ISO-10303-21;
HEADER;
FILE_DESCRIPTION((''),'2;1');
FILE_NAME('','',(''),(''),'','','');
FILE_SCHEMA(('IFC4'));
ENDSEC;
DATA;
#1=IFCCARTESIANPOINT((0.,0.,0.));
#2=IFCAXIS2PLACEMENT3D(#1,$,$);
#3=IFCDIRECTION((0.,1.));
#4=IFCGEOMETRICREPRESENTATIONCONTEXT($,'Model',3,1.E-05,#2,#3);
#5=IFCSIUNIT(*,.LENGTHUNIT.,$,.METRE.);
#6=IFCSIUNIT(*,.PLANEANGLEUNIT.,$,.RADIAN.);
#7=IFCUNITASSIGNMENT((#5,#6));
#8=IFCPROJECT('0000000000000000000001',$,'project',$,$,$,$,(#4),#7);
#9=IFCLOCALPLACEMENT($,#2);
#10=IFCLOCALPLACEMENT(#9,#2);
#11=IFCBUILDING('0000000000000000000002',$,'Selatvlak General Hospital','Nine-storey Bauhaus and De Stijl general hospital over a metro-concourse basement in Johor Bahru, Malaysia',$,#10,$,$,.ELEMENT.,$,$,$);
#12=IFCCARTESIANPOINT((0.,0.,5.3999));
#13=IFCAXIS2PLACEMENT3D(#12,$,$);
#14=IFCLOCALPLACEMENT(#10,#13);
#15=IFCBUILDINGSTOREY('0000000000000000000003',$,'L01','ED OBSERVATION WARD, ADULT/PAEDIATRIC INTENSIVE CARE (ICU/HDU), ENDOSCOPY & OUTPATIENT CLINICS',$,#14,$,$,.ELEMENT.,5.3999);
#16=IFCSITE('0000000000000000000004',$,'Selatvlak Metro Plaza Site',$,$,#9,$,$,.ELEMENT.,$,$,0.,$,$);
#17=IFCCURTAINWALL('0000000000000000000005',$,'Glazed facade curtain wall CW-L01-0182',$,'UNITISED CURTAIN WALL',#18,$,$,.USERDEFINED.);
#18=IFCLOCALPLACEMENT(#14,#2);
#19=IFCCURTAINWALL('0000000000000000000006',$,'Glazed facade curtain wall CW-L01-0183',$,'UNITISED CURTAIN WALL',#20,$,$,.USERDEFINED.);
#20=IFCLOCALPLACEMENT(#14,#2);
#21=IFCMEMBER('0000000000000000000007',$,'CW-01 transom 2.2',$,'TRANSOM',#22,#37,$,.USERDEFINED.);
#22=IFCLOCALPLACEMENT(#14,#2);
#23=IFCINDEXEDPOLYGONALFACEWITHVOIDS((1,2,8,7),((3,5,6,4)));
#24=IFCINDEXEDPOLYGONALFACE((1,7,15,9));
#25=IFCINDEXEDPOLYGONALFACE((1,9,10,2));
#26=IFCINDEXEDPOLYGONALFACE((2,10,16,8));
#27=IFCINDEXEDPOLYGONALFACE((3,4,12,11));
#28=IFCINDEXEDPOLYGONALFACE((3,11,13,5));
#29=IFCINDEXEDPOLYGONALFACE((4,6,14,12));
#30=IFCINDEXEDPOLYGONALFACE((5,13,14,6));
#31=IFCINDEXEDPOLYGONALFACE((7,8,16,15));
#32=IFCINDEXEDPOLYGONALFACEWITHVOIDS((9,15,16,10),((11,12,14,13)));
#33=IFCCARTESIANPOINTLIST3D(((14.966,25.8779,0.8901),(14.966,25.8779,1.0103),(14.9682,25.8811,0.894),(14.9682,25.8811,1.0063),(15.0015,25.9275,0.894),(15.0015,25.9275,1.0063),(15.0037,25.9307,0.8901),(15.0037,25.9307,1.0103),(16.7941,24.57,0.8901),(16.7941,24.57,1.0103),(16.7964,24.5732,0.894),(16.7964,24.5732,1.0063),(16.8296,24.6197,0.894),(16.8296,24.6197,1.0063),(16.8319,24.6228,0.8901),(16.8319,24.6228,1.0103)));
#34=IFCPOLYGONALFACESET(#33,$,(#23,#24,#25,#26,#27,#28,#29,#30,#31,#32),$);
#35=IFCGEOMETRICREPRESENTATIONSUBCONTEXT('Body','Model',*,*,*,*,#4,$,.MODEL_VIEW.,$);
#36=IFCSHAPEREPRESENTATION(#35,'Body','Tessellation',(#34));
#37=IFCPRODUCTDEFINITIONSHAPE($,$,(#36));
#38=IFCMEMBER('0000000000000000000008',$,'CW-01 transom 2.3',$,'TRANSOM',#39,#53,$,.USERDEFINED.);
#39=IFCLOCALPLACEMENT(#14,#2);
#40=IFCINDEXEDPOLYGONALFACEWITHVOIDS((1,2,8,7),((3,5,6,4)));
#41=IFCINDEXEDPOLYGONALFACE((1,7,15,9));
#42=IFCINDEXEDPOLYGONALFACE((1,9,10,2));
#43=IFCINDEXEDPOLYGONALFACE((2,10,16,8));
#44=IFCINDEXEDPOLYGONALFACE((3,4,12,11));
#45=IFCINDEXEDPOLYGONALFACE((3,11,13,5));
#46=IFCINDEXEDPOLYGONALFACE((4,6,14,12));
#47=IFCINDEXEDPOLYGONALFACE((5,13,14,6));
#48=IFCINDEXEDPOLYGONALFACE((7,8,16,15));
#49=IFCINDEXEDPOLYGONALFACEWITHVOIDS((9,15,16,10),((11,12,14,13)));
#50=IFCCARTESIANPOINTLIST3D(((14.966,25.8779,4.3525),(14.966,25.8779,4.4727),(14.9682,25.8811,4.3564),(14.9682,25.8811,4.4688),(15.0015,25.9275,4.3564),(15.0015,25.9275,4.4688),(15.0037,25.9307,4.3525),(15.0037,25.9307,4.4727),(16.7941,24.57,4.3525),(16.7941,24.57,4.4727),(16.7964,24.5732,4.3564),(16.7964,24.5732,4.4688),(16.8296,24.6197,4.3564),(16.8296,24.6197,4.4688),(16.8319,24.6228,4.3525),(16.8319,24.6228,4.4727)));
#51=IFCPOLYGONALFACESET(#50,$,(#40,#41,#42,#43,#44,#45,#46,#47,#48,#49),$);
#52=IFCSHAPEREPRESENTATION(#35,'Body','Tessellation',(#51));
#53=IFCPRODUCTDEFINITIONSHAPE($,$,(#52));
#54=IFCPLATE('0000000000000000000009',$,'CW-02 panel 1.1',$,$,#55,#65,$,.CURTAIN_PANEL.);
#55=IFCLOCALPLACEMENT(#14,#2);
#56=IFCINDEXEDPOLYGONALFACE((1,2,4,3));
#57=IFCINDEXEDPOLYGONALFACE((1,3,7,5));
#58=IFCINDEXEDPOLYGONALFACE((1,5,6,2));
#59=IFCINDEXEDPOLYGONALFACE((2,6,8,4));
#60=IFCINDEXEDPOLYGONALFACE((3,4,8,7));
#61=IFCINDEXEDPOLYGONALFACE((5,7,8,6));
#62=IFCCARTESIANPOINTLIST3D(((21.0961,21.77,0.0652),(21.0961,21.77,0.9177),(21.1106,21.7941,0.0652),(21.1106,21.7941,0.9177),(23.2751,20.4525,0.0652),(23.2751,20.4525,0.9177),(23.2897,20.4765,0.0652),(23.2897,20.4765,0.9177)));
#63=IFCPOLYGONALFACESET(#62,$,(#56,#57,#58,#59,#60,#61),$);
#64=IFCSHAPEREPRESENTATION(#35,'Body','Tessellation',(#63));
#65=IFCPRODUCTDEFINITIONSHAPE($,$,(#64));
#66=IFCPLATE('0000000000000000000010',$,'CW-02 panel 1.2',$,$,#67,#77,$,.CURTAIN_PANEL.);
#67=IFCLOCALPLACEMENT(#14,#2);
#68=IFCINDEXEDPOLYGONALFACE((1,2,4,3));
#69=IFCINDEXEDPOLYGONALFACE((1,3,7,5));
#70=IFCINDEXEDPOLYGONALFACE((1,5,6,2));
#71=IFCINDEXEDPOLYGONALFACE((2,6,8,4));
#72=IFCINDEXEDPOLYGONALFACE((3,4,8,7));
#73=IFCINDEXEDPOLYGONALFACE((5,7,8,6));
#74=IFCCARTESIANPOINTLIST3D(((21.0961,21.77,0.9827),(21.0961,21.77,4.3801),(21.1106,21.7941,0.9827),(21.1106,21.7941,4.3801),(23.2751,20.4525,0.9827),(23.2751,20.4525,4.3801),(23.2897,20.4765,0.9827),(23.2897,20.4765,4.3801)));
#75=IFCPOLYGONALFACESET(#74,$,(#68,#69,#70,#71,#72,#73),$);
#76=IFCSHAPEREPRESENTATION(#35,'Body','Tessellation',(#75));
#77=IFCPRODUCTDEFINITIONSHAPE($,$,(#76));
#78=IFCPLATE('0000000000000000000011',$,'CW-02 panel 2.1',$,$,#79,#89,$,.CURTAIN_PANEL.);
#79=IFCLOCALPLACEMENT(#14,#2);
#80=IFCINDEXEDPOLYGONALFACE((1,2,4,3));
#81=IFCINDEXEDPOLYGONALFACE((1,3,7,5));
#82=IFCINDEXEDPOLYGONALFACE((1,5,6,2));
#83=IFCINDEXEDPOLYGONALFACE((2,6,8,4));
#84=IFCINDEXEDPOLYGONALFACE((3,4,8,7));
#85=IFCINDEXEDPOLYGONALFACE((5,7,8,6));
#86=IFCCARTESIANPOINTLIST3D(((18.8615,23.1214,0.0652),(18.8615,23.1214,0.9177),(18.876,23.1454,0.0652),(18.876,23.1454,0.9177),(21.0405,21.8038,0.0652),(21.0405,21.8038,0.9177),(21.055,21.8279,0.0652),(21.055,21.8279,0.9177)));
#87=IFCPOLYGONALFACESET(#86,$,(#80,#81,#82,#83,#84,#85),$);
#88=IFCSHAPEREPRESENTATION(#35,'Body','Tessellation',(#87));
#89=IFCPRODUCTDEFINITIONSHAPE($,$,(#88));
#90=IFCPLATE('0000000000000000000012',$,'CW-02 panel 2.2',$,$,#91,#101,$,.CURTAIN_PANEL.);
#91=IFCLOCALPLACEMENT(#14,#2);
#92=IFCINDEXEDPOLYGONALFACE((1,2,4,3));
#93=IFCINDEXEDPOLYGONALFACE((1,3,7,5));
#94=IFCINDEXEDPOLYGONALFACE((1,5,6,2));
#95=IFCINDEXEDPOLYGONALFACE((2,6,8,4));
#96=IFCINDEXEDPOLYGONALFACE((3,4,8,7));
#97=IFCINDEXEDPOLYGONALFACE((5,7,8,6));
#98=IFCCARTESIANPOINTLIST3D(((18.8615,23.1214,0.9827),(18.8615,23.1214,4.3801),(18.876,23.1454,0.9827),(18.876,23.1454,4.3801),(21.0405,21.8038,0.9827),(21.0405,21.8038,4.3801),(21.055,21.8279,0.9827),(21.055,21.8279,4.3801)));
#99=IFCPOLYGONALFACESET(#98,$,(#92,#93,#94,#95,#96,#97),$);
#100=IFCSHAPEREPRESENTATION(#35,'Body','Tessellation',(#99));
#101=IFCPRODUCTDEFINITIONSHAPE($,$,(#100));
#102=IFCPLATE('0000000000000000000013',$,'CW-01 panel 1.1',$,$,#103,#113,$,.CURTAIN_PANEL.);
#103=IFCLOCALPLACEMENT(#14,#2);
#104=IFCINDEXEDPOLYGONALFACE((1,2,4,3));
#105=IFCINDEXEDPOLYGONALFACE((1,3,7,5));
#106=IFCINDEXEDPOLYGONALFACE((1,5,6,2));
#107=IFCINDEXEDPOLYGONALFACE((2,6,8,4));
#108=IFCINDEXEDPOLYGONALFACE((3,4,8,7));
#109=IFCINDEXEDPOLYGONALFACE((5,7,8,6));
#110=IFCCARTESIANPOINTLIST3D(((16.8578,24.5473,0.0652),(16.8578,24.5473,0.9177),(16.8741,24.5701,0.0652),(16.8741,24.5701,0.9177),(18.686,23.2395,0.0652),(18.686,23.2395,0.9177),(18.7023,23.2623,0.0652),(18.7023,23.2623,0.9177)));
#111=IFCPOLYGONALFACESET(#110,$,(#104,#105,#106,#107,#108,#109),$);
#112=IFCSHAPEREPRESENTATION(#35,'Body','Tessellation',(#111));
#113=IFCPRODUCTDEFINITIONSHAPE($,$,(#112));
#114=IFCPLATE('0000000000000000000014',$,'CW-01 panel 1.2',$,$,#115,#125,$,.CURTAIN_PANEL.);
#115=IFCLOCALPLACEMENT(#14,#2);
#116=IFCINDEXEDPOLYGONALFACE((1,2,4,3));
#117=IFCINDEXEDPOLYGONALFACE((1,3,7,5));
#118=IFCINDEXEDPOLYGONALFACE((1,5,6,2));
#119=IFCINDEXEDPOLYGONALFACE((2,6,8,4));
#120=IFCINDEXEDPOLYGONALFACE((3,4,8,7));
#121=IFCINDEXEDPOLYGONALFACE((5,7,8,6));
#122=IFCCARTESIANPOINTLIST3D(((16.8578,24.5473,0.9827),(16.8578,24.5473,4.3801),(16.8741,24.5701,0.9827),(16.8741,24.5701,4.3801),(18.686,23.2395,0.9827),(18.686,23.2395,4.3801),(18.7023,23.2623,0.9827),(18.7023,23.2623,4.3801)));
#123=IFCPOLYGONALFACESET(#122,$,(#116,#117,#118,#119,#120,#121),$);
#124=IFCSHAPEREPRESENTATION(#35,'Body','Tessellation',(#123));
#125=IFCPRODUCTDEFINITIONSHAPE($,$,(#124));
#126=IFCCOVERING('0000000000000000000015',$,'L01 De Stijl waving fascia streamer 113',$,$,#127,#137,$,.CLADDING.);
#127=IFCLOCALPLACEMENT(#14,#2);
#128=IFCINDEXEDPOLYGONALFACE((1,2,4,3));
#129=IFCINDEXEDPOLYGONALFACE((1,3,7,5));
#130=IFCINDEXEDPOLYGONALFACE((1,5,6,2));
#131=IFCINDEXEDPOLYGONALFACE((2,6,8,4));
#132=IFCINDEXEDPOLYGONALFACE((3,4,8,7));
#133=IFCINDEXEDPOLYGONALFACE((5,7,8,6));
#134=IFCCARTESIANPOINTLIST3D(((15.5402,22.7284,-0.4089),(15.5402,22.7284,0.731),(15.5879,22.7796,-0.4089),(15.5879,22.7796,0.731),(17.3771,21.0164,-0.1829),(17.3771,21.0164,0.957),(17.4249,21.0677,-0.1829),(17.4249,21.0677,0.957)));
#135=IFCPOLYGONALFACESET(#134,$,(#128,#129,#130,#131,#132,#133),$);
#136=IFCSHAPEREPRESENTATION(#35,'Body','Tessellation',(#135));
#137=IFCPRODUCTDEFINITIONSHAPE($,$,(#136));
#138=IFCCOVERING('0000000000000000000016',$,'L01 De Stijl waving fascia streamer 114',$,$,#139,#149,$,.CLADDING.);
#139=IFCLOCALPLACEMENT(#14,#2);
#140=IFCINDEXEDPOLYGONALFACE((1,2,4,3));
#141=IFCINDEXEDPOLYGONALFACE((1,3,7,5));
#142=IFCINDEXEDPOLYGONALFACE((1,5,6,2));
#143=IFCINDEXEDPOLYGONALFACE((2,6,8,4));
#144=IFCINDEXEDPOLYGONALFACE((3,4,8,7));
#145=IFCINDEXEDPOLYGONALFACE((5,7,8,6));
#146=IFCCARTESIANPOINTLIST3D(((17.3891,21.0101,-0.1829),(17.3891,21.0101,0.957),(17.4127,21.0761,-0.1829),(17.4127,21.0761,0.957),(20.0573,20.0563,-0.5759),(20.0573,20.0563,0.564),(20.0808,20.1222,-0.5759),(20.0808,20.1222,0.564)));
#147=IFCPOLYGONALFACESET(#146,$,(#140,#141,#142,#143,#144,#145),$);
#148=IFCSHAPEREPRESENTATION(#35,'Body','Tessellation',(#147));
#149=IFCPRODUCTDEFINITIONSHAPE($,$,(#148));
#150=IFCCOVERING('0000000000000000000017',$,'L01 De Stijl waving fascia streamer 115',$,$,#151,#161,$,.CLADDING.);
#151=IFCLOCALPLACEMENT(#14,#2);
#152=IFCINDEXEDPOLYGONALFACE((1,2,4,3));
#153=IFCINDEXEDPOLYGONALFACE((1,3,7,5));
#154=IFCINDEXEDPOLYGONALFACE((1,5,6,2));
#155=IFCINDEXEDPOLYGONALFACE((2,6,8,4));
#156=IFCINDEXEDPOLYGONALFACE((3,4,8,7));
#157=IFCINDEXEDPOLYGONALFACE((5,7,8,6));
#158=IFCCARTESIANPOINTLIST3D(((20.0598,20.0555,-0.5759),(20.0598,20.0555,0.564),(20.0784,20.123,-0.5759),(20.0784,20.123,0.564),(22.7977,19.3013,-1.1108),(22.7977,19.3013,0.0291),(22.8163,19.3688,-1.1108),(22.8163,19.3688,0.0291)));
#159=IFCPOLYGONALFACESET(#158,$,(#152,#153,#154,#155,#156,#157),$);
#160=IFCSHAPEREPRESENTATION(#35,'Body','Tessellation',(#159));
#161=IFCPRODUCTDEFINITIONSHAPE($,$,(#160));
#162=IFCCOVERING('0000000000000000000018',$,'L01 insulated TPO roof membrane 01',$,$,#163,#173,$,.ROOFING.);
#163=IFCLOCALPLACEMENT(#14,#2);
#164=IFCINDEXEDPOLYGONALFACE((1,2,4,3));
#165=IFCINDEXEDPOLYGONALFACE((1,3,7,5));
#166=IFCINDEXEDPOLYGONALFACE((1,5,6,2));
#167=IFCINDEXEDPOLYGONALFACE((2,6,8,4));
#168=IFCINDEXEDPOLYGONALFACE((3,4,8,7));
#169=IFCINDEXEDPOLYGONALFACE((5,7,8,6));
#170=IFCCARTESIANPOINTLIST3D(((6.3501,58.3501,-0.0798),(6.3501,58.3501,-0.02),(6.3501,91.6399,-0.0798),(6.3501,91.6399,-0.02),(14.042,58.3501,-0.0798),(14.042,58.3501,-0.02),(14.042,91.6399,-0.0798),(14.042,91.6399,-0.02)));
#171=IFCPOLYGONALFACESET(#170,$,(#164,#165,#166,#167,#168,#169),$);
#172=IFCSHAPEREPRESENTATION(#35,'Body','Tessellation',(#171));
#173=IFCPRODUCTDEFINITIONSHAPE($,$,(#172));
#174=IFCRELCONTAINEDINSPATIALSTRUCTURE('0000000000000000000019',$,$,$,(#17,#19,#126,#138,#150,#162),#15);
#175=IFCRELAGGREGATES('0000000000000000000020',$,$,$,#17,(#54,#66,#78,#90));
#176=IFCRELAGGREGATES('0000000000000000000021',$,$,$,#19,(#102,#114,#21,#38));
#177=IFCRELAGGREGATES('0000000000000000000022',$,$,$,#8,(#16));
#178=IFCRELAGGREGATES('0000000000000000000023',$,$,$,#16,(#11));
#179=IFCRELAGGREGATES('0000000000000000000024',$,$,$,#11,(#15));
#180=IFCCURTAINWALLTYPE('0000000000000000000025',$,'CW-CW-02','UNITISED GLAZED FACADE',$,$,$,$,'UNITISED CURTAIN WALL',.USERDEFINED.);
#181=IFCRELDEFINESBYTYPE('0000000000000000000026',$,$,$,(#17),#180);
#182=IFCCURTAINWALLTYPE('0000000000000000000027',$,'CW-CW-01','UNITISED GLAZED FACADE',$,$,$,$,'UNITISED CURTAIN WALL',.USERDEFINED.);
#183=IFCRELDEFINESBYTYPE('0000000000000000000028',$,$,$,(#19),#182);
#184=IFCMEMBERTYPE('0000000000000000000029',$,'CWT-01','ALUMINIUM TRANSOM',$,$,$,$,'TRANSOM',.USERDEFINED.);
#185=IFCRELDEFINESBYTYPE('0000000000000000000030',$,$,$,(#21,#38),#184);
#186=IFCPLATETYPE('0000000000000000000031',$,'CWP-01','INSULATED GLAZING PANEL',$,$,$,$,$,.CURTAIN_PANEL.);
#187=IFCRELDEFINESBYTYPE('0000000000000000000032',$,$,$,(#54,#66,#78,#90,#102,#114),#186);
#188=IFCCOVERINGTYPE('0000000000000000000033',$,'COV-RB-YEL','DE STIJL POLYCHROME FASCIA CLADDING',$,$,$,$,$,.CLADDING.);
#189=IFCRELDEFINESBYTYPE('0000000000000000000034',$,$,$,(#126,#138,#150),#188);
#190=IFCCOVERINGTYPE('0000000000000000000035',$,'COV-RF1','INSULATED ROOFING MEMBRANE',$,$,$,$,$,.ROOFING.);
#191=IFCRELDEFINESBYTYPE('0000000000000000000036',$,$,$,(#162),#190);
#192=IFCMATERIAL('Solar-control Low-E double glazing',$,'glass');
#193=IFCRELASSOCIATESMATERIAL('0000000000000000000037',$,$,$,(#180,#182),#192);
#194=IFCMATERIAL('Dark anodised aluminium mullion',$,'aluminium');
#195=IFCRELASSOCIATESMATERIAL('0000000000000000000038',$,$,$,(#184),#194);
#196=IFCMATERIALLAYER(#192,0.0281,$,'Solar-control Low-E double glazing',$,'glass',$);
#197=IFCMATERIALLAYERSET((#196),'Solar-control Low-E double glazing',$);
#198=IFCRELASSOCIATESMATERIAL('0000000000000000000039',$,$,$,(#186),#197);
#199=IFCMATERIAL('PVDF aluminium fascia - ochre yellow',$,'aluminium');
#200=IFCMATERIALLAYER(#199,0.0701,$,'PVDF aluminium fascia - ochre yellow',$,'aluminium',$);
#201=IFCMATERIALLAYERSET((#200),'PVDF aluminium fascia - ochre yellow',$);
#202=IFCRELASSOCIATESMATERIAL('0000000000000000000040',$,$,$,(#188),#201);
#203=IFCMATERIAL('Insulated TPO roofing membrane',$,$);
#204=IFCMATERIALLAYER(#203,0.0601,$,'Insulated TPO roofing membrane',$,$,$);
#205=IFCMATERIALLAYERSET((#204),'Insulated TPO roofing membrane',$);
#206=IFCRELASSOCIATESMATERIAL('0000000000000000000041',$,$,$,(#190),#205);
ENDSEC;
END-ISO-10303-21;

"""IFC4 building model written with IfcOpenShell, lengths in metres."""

from ifc_helpers import new_model, si_unit, direction, frame, origin, origin_2d, place, context, subcontext, project, spatial, polyline, rectangle, hollow_rectangle, outline, extrude, material, layer, layer_set, material_profile, profile_set, type_object, element, aggregate, save


model = new_model("IFC4")

# Units and contexts
model_context = context("Model", 3, precision=1e-05, world=origin(), true_north=direction((0.0, 1.0)))
body_context = subcontext(model_context, "Body", "Model", "MODEL_VIEW")
ifc_project = project(units=[si_unit("LENGTHUNIT", "METRE"), si_unit("PLANEANGLEUNIT", "RADIAN")], contexts=[model_context])

# Site, building, storey
site_placement = place(None, origin())
site = spatial("IfcSite", under=ifc_project, at=site_placement, Name="Selatvlak Metro Plaza Site", CompositionType="ELEMENT", RefElevation=0.0)
building_placement = place(site_placement, origin())
building = spatial("IfcBuilding", under=site, at=building_placement, Name="Selatvlak General Hospital", Description="Nine-storey Bauhaus and De Stijl general hospital over a metro-concourse basement in Johor Bahru, Malaysia", CompositionType="ELEMENT")
storey_placement = place(building_placement, frame((0.0, 0.0, 5.3999)))
storey = spatial("IfcBuildingStorey", under=building, at=storey_placement, Name="L01", Description="ED OBSERVATION WARD, ADULT/PAEDIATRIC INTENSIVE CARE (ICU/HDU), ENDOSCOPY & OUTPATIENT CLINICS", CompositionType="ELEMENT", Elevation=5.3999)

# Curtain walls
ifc_material_1 = material(Name="Solar-control Low-E double glazing", Category="glass")
curtain_wall_type_1 = type_object("IfcCurtainWallType", Name="CW-CW-02", Description="UNITISED GLAZED FACADE", ElementType="UNITISED CURTAIN WALL", PredefinedType="USERDEFINED", material=ifc_material_1)
curtain_wall_1_placement = place(storey_placement, origin())
curtain_wall_1 = element("IfcCurtainWall", 1, at=curtain_wall_1_placement, inside=storey, type_object=curtain_wall_type_1, Name="Glazed facade curtain wall CW-L01-0182", ObjectType="UNITISED CURTAIN WALL", PredefinedType="USERDEFINED")
ifc_material_2 = material(Name="Dark anodised aluminium mullion", Category="aluminium")
curtain_wall_type_2 = type_object("IfcCurtainWallType", Name="CW-CW-01", Description="UNITISED GLAZED FACADE", ElementType="UNITISED CURTAIN WALL", PredefinedType="USERDEFINED", material=ifc_material_1)
curtain_wall_2_placement = place(storey_placement, origin())
curtain_wall_2 = element("IfcCurtainWall", 2, at=curtain_wall_2_placement, inside=storey, type_object=curtain_wall_type_2, Name="Glazed facade curtain wall CW-L01-0183", ObjectType="UNITISED CURTAIN WALL", PredefinedType="USERDEFINED")

# Members
ifc_material_profile_1 = material_profile(ifc_material_2, hollow_rectangle(XDim=0.0649, YDim=0.1201, WallThickness=0.0039, at=origin_2d()), Name="AL-TRN 65x120x4")
ifc_profile_set_1 = profile_set([ifc_material_profile_1], Name="Dark anodised aluminium mullion")
member_type_1 = type_object("IfcMemberType", Name="CWT-01", Description="ALUMINIUM TRANSOM", ElementType="TRANSOM", PredefinedType="USERDEFINED", material=ifc_profile_set_1)
member_1_placement = place(storey_placement, frame((16.813, 24.5964, 0.9502), z_axis=(-0.8133, 0.581844, 0.0), x_axis=(-0.581844, -0.8133, 0.0)))
member_1 = element("IfcMember", 3, at=member_1_placement, type_object=member_type_1, Name="CW-01 transom 2.2", ObjectType="TRANSOM", PredefinedType="USERDEFINED", context=body_context, shape_type="SweptSolid", body=[
    extrude(hollow_rectangle(XDim=0.0649, YDim=0.1201, WallThickness=0.0039, at=origin_2d()), origin(), (0.0, 0.0, 1.0), 2.2478),
])
member_2_placement = place(storey_placement, frame((16.813, 24.5964, 4.4126), z_axis=(-0.8133, 0.581844, 0.0), x_axis=(-0.581844, -0.8133, 0.0)))
member_2 = element("IfcMember", 4, at=member_2_placement, type_object=member_type_1, Name="CW-01 transom 2.3", ObjectType="TRANSOM", PredefinedType="USERDEFINED", context=body_context, shape_type="SweptSolid", body=[
    extrude(hollow_rectangle(XDim=0.0649, YDim=0.1201, WallThickness=0.0039, at=origin_2d()), origin(), (0.0, 0.0, 1.0), 2.2478),
])

# Plates
ifc_layer_1 = layer(ifc_material_1, 0.0281, Name="Solar-control Low-E double glazing", Category="glass")
ifc_layer_set_1 = layer_set([ifc_layer_1], Name="Solar-control Low-E double glazing")
plate_type = type_object("IfcPlateType", Name="CWP-01", Description="INSULATED GLAZING PANEL", PredefinedType="CURTAIN_PANEL", material=ifc_layer_set_1)
plate_1_placement = place(storey_placement, frame((22.1929, 21.1233, 0.0652), z_axis=(0.0, 0.0, 1.0), x_axis=(-0.855736, 0.517413, 0.0)))
plate_1 = element("IfcPlate", 5, at=plate_1_placement, type_object=plate_type, Name="CW-02 panel 1.1", PredefinedType="CURTAIN_PANEL", context=body_context, shape_type="SweptSolid", body=[
    extrude(rectangle(XDim=2.5464, YDim=0.0281, at=origin_2d()), origin(), (0.0, 0.0, 1.0), 0.8525),
])
plate_2_placement = place(storey_placement, frame((22.1929, 21.1233, 0.9827), z_axis=(0.0, 0.0, 1.0), x_axis=(-0.855736, 0.517413, 0.0)))
plate_2 = element("IfcPlate", 6, at=plate_2_placement, type_object=plate_type, Name="CW-02 panel 1.2", PredefinedType="CURTAIN_PANEL", context=body_context, shape_type="SweptSolid", body=[
    extrude(rectangle(XDim=2.5464, YDim=0.0281, at=origin_2d()), origin(), (0.0, 0.0, 1.0), 3.3975),
])
plate_3_placement = place(storey_placement, frame((19.9583, 22.4746, 0.0652), z_axis=(0.0, 0.0, 1.0), x_axis=(-0.855736, 0.517413, 0.0)))
plate_3 = element("IfcPlate", 7, at=plate_3_placement, type_object=plate_type, Name="CW-02 panel 2.1", PredefinedType="CURTAIN_PANEL", context=body_context, shape_type="SweptSolid", body=[
    extrude(rectangle(XDim=2.5464, YDim=0.0281, at=origin_2d()), origin(), (0.0, 0.0, 1.0), 0.8525),
])
plate_4_placement = place(storey_placement, frame((19.9583, 22.4746, 0.9827), z_axis=(0.0, 0.0, 1.0), x_axis=(-0.855736, 0.517413, 0.0)))
plate_4 = element("IfcPlate", 8, at=plate_4_placement, type_object=plate_type, Name="CW-02 panel 2.2", PredefinedType="CURTAIN_PANEL", context=body_context, shape_type="SweptSolid", body=[
    extrude(rectangle(XDim=2.5464, YDim=0.0281, at=origin_2d()), origin(), (0.0, 0.0, 1.0), 3.3975),
])
aggregate(curtain_wall_1, [plate_1, plate_2, plate_3, plate_4])
plate_5_placement = place(storey_placement, frame((17.78, 23.9048, 0.0652), z_axis=(0.0, 0.0, 1.0), x_axis=(-0.81333, 0.581803, 0.0)))
plate_5 = element("IfcPlate", 9, at=plate_5_placement, type_object=plate_type, Name="CW-01 panel 1.1", PredefinedType="CURTAIN_PANEL", context=body_context, shape_type="SweptSolid", body=[
    extrude(rectangle(XDim=2.2478, YDim=0.0281, at=origin_2d()), origin(), (0.0, 0.0, 1.0), 0.8525),
])
plate_6_placement = place(storey_placement, frame((17.78, 23.9048, 0.9827), z_axis=(0.0, 0.0, 1.0), x_axis=(-0.81333, 0.581803, 0.0)))
plate_6 = element("IfcPlate", 10, at=plate_6_placement, type_object=plate_type, Name="CW-01 panel 1.2", PredefinedType="CURTAIN_PANEL", context=body_context, shape_type="SweptSolid", body=[
    extrude(rectangle(XDim=2.2478, YDim=0.0281, at=origin_2d()), origin(), (0.0, 0.0, 1.0), 3.3975),
])
aggregate(curtain_wall_2, [plate_5, plate_6, member_1, member_2])

# Coverings
ifc_material_3 = material(Name="PVDF aluminium fascia - ochre yellow", Category="aluminium")
ifc_layer_2 = layer(ifc_material_3, 0.0701, Name="PVDF aluminium fascia - ochre yellow", Category="aluminium")
ifc_layer_set_2 = layer_set([ifc_layer_2], Name="PVDF aluminium fascia - ochre yellow")
covering_type_1 = type_object("IfcCoveringType", Name="COV-RB-YEL", Description="DE STIJL POLYCHROME FASCIA CLADDING", PredefinedType="CLADDING", material=ifc_layer_set_2)
covering_1_placement = place(storey_placement, frame((15.564, 22.7539, -0.4089), z_axis=(0.0, 0.0, 1.0), x_axis=(0.731559, -0.681778, 0.0)))
element("IfcCovering", 11, at=covering_1_placement, inside=storey, type_object=covering_type_1, Name="L01 De Stijl waving fascia streamer 113", PredefinedType="CLADDING", context=body_context, shape_type="SweptSolid", body=[
    extrude(outline(polyline([(0.0, 0.0), (2.511, 0.2261), (2.511, 1.366), (0.0, 1.1399), (0.0, 0.0)])), frame((0.0, 0.0352, 0.0), z_axis=(0.0, -1.0, 0.0), x_axis=(1.0, 0.0, 0.0)), (0.0, 0.0, 1.0), 0.0701),
])
covering_2_placement = place(storey_placement, frame((17.4009, 21.043, -0.1829), z_axis=(0.0, 0.0, 1.0), x_axis=(0.941639, -0.336626, 0.0)))
element("IfcCovering", 12, at=covering_2_placement, inside=storey, type_object=covering_type_1, Name="L01 De Stijl waving fascia streamer 114", PredefinedType="CLADDING", context=body_context, shape_type="SweptSolid", body=[
    extrude(outline(polyline([(0.0, 0.0), (2.8335, -0.3931), (2.8335, 0.7468), (0.0, 1.1399), (0.0, 0.0)])), frame((0.0, 0.0352, 0.0), z_axis=(0.0, -1.0, 0.0), x_axis=(1.0, 0.0, 0.0)), (0.0, 0.0, 1.0), 0.0701),
])
covering_3_placement = place(storey_placement, frame((20.0691, 20.0891, -0.5759), z_axis=(0.0, 0.0, 1.0), x_axis=(0.964092, -0.265568, 0.0)))
element("IfcCovering", 13, at=covering_3_placement, inside=storey, type_object=covering_type_1, Name="L01 De Stijl waving fascia streamer 115", PredefinedType="CLADDING", context=body_context, shape_type="SweptSolid", body=[
    extrude(outline(polyline([(0.0, 0.0), (2.8398, -0.5349), (2.8398, 0.605), (0.0, 1.1399), (0.0, 0.0)])), frame((0.0, 0.0352, 0.0), z_axis=(0.0, -1.0, 0.0), x_axis=(1.0, 0.0, 0.0)), (0.0, 0.0, 1.0), 0.0701),
])
ifc_material_4 = material(Name="Insulated TPO roofing membrane")
ifc_layer_3 = layer(ifc_material_4, 0.0601, Name="Insulated TPO roofing membrane")
ifc_layer_set_3 = layer_set([ifc_layer_3], Name="Insulated TPO roofing membrane")
covering_type_2 = type_object("IfcCoveringType", Name="COV-RF1", Description="INSULATED ROOFING MEMBRANE", PredefinedType="ROOFING", material=ifc_layer_set_3)
covering_4_placement = place(storey_placement, frame((0.0, 0.0, -0.0798)))
element("IfcCovering", 14, at=covering_4_placement, inside=storey, type_object=covering_type_2, Name="L01 insulated TPO roof membrane 01", PredefinedType="ROOFING", context=body_context, shape_type="SweptSolid", body=[
    extrude(outline(polyline([(6.3501, 91.6399), (14.042, 91.6399), (14.042, 58.3501), (6.3501, 58.3501), (6.3501, 91.6399)])), origin(), (0.0, 0.0, 1.0), 0.0598),
])

save(model, "model.ifc")
